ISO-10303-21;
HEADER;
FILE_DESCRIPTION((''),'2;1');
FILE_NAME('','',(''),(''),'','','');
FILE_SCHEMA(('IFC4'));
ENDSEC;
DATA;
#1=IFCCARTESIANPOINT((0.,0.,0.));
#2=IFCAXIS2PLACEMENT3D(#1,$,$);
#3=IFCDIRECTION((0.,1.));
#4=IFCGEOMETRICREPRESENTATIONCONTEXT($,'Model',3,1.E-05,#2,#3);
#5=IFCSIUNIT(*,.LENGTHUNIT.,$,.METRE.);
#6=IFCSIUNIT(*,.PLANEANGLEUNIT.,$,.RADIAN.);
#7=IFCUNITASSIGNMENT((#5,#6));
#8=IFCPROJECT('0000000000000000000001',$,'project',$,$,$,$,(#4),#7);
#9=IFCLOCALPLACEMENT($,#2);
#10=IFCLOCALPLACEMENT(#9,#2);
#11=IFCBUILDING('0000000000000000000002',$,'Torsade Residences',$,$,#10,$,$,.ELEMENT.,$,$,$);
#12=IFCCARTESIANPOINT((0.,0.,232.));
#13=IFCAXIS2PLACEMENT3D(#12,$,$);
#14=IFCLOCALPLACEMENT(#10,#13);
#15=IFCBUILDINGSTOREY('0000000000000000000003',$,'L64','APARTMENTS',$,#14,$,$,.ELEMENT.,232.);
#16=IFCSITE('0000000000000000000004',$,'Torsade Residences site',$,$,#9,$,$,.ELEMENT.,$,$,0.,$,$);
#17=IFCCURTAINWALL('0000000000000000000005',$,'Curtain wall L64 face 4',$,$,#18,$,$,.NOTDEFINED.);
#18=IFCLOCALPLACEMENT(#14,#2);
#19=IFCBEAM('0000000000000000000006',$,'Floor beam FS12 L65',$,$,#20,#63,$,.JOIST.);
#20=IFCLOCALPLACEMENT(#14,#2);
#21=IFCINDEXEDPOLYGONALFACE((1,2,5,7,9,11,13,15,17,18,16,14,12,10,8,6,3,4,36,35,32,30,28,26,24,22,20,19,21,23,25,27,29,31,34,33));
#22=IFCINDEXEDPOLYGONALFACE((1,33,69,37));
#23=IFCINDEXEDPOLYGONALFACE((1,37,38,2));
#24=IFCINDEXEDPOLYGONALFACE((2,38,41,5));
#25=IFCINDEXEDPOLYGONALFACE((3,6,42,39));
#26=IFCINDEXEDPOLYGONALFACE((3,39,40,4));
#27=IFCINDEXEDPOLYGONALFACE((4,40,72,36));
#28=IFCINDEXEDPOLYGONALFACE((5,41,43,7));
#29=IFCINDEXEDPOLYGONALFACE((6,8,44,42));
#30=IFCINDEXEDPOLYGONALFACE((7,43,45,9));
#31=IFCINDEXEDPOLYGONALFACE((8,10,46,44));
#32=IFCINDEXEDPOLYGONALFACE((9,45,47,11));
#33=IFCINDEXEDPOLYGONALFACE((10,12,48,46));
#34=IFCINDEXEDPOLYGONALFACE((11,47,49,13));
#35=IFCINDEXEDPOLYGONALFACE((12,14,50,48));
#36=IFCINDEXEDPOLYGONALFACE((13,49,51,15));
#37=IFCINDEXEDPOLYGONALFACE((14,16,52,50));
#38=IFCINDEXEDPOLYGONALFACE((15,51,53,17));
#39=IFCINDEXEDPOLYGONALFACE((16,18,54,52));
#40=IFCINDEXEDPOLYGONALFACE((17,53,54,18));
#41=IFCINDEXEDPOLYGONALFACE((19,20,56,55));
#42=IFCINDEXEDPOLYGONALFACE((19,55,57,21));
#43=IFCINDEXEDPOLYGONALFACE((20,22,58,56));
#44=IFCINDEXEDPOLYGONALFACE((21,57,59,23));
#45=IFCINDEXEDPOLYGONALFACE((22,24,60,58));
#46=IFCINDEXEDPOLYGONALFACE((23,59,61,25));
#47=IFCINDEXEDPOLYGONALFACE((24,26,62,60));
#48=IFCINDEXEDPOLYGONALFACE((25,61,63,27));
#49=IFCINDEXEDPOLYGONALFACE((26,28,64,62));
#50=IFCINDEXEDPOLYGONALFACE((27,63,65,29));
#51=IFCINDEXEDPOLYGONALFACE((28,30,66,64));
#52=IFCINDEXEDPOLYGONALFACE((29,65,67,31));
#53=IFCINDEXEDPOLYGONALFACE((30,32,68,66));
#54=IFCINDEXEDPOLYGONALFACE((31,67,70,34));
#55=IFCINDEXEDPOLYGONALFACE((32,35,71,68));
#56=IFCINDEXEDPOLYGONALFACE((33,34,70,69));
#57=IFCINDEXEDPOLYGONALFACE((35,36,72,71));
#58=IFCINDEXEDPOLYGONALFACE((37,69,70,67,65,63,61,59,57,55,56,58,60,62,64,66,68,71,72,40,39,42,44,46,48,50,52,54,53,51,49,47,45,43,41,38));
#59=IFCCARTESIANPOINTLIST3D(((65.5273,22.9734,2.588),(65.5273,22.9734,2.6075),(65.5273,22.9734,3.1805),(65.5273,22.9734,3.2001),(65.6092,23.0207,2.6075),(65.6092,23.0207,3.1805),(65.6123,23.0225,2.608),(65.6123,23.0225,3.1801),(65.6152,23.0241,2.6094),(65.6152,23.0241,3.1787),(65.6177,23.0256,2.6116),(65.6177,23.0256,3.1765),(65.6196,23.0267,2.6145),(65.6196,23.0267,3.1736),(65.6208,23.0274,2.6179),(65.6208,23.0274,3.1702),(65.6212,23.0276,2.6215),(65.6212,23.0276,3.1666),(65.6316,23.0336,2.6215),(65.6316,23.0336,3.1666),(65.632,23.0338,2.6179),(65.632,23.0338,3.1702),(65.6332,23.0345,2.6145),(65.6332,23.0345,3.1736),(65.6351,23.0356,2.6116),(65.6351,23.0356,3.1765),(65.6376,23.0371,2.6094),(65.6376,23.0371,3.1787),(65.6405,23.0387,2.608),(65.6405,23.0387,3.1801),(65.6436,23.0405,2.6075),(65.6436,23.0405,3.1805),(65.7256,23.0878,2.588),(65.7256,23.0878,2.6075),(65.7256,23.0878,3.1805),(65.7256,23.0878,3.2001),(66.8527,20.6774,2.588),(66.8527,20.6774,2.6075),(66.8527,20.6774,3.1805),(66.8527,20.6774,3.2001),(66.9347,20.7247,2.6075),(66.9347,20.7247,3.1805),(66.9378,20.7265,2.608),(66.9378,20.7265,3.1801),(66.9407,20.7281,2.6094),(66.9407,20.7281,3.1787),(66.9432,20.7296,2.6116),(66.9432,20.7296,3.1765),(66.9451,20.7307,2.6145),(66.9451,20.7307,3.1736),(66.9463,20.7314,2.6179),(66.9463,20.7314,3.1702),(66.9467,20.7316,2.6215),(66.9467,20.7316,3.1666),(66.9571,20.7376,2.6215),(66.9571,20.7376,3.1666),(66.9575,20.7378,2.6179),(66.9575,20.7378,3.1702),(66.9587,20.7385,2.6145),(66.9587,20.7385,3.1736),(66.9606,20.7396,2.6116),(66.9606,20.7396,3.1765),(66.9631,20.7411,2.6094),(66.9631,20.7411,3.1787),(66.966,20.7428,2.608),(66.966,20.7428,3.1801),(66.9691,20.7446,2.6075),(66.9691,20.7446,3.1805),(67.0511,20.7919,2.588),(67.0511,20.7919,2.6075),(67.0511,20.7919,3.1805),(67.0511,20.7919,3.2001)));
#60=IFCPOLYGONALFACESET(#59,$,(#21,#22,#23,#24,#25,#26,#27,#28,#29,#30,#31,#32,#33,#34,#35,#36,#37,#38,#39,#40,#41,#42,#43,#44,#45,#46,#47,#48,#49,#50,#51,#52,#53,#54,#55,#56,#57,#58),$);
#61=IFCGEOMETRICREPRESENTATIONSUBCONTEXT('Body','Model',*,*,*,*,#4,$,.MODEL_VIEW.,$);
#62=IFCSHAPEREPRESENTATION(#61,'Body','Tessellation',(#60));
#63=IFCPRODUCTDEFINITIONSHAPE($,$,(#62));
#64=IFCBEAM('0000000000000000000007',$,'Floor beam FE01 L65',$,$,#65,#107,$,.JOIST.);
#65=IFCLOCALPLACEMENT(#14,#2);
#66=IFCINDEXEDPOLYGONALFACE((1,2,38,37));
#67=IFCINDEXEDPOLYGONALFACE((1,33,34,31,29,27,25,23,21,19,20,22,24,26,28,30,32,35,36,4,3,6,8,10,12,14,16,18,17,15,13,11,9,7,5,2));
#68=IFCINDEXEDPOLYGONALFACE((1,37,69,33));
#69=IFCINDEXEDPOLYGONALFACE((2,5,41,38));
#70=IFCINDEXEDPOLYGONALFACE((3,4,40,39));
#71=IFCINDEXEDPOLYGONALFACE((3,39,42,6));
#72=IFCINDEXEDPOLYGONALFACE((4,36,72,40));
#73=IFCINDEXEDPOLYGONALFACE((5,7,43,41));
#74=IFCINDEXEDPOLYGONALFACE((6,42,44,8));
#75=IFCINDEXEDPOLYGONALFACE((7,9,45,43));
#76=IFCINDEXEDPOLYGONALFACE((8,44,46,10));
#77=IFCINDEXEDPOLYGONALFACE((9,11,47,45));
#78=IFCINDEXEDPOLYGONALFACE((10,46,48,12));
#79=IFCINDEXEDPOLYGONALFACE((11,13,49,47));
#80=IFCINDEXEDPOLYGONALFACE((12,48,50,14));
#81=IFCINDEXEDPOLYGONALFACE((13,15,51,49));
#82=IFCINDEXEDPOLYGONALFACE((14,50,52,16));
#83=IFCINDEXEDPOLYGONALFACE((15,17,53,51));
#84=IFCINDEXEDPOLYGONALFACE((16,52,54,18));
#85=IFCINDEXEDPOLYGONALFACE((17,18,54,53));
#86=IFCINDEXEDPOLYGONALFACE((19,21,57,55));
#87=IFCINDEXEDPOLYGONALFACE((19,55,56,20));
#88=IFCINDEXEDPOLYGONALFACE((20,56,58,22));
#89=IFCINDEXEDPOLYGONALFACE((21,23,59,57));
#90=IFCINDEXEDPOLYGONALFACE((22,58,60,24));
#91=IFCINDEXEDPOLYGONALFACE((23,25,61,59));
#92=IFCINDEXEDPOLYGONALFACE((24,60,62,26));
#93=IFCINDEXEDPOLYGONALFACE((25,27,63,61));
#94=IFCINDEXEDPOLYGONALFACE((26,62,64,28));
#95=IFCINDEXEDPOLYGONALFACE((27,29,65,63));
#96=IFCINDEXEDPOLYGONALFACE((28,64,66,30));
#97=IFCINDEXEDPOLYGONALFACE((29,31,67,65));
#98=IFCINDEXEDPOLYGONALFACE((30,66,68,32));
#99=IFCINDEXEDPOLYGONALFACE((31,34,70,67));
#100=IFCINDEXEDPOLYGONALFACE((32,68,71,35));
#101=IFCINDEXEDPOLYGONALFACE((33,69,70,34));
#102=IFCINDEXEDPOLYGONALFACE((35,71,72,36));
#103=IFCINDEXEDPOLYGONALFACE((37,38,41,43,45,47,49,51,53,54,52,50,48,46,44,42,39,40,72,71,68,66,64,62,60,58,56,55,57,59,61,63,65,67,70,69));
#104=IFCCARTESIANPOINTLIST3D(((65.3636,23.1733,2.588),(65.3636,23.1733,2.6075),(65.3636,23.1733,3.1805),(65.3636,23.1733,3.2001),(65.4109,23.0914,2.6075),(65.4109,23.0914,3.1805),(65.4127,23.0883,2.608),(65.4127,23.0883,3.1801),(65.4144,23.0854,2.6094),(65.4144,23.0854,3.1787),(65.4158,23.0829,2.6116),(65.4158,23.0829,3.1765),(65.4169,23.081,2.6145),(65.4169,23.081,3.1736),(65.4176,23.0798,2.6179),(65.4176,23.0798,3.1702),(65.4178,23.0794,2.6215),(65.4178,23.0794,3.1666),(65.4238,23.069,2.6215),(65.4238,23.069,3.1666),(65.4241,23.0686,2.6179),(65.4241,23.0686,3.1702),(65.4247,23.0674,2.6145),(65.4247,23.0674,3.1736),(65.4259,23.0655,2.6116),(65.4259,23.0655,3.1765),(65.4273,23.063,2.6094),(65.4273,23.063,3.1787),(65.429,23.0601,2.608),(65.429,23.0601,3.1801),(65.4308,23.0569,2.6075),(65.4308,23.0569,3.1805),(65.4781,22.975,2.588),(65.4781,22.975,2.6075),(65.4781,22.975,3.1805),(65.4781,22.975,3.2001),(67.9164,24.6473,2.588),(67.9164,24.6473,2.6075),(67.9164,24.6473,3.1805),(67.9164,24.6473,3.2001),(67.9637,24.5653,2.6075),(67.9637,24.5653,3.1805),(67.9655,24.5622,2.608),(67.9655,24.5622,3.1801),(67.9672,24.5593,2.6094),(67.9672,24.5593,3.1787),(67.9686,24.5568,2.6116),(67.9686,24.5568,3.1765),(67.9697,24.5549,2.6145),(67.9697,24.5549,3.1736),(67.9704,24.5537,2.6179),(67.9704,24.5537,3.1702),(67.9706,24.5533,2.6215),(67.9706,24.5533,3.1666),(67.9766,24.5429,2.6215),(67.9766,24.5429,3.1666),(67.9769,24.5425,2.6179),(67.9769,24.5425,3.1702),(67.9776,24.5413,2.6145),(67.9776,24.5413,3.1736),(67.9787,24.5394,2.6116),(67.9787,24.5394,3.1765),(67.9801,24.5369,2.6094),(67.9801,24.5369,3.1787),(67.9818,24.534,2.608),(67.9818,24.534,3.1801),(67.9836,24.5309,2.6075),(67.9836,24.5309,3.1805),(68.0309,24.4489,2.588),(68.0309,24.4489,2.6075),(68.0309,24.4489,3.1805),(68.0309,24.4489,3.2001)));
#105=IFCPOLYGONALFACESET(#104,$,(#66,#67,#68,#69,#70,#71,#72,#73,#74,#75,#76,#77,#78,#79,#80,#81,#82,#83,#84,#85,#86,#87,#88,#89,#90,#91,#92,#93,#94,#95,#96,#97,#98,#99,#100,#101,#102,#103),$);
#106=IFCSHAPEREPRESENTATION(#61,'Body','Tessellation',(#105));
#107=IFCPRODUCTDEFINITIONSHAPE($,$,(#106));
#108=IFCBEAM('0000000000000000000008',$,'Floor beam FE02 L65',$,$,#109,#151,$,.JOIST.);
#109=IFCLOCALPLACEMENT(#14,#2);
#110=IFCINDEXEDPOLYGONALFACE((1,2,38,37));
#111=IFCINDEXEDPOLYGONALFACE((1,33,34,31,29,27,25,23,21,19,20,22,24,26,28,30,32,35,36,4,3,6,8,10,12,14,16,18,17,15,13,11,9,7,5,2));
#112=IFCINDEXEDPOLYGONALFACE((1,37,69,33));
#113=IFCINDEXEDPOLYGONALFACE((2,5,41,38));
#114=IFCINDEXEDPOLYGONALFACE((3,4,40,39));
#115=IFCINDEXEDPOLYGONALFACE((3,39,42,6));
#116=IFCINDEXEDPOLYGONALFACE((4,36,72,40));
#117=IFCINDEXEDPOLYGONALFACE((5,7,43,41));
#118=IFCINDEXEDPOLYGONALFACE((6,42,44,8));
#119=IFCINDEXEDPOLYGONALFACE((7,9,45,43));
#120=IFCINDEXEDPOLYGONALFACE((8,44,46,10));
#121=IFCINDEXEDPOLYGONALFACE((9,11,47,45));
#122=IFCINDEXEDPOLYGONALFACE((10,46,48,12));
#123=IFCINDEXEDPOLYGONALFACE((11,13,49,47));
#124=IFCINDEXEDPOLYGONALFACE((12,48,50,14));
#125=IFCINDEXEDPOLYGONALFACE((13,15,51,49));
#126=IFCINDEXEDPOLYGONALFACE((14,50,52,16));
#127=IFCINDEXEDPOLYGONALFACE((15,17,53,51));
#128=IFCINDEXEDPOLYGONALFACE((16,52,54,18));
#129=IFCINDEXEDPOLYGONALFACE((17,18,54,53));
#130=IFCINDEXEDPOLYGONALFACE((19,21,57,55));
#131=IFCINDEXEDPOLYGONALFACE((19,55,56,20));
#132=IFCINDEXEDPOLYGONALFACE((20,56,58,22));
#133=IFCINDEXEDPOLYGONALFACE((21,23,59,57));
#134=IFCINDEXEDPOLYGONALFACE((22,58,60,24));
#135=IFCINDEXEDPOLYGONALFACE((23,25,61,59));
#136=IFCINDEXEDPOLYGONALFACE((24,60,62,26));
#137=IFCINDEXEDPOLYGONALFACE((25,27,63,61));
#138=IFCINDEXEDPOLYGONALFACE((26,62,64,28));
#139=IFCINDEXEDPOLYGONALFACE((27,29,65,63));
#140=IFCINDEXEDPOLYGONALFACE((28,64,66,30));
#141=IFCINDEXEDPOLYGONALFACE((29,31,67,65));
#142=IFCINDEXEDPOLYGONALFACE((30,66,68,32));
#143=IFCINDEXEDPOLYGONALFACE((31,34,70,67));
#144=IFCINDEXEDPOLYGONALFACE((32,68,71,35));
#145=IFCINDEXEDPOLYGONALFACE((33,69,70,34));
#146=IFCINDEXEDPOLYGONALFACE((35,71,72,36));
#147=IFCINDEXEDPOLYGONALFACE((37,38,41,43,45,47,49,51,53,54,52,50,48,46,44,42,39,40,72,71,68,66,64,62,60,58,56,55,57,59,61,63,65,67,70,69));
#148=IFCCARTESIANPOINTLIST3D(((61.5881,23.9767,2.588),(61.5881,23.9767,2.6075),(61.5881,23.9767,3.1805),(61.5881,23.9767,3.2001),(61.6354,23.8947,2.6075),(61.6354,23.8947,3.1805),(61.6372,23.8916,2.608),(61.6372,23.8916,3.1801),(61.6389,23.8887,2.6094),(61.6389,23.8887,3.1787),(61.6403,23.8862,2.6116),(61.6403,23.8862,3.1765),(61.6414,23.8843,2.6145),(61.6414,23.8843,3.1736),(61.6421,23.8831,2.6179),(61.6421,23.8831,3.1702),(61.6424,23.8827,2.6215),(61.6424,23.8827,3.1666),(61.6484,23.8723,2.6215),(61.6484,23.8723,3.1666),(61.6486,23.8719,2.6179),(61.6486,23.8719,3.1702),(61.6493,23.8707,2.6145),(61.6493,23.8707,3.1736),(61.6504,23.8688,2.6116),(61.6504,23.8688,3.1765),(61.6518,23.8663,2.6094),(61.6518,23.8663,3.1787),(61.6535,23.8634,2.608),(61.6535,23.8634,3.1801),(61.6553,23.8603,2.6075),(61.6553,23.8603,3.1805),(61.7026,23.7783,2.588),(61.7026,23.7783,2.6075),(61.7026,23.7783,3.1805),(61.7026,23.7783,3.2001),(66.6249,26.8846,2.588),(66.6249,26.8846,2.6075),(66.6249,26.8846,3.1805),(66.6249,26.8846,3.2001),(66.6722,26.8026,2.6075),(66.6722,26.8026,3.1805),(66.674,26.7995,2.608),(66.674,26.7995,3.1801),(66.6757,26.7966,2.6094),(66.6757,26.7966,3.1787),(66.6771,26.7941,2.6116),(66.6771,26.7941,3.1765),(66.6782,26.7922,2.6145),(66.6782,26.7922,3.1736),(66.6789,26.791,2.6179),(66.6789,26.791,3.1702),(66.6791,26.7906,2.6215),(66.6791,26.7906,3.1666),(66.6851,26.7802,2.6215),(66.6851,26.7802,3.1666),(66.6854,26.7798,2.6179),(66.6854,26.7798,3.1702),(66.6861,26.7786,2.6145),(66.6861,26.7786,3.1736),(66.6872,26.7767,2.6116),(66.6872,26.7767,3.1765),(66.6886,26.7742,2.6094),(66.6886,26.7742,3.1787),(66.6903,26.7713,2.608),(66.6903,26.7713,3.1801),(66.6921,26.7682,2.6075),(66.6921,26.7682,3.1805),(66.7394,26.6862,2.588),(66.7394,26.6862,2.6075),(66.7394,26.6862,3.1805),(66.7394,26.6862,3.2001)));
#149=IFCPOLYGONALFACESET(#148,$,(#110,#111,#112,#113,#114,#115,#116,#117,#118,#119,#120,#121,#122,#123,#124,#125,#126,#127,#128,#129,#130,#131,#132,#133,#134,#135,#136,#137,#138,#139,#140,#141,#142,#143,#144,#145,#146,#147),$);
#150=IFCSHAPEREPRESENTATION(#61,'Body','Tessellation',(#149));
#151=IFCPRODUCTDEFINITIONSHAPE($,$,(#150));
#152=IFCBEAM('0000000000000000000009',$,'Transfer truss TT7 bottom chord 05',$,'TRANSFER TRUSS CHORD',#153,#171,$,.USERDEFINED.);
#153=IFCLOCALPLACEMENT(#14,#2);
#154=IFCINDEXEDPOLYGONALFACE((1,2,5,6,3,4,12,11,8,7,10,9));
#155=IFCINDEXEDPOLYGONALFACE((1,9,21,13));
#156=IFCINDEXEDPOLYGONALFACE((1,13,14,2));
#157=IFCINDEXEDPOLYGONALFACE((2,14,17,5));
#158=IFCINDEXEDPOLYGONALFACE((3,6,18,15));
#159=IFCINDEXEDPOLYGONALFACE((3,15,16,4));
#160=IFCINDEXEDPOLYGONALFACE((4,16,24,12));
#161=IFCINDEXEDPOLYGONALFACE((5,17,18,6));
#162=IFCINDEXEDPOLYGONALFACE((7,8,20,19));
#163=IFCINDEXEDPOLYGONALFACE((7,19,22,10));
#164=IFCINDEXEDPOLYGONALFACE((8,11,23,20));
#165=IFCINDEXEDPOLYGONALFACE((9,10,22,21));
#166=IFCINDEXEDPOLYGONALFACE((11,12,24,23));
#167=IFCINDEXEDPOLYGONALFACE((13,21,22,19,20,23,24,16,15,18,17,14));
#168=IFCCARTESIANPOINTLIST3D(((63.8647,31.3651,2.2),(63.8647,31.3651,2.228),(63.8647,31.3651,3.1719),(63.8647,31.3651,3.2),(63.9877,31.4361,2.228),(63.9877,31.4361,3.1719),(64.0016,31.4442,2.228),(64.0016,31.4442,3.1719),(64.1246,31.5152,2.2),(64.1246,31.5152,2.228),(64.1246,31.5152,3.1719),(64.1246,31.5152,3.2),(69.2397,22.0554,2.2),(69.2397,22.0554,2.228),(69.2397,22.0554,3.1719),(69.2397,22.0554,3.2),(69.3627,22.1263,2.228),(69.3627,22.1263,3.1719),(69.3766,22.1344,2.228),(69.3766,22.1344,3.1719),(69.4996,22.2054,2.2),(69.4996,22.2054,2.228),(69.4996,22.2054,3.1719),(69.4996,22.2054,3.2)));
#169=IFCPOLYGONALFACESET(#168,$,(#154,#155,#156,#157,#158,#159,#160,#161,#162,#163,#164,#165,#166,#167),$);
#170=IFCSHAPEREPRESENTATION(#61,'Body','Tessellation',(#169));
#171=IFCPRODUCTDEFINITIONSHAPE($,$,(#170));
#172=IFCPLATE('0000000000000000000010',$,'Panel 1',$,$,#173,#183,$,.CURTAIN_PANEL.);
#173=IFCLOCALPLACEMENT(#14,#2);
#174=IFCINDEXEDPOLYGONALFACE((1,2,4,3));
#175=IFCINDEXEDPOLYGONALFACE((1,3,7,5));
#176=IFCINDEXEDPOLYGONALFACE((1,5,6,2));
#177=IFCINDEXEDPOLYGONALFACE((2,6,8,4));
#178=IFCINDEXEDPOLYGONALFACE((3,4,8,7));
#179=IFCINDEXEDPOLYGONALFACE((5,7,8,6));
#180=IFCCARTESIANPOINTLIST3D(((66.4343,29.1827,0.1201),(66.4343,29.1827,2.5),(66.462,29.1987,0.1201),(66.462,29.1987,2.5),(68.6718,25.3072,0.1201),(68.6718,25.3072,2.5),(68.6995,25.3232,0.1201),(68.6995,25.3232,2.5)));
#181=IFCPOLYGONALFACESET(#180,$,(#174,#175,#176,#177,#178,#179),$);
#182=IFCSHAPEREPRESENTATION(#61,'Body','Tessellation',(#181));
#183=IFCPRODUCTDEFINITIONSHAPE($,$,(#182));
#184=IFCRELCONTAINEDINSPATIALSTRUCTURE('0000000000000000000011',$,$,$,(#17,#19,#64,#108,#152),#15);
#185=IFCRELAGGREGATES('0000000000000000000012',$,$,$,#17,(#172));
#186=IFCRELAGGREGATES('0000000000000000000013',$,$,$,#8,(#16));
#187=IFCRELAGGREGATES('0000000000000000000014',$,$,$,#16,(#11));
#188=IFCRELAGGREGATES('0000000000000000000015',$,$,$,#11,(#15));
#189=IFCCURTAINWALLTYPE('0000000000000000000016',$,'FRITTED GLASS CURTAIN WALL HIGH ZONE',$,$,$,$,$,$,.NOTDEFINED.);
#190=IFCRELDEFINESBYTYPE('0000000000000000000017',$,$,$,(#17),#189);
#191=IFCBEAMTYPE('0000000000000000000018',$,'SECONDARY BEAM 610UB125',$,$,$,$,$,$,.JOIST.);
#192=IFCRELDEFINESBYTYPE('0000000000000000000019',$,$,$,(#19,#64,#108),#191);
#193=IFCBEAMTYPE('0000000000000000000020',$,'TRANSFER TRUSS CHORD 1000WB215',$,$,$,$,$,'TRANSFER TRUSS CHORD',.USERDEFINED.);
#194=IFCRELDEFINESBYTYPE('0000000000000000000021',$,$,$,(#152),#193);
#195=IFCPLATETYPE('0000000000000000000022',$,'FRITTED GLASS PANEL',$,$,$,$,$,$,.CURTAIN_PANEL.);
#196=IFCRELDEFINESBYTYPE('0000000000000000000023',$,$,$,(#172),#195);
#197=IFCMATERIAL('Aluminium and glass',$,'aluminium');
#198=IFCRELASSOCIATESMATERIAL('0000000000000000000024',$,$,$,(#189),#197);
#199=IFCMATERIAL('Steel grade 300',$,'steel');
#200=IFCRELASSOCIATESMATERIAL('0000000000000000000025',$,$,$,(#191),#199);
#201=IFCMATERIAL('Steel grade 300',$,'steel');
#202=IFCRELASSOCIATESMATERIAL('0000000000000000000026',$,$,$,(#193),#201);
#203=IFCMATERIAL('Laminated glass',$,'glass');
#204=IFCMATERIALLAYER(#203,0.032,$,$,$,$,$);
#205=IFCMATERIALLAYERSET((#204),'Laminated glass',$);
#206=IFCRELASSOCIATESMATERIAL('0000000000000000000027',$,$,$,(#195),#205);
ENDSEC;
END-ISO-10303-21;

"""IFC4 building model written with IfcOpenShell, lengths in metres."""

from ifc_helpers import new_model, si_unit, direction, frame, origin, origin_2d, place, context, subcontext, project, spatial, rectangle, i_section, extrude, material, layer, layer_set, material_profile, profile_set, type_object, element, aggregate, save


model = new_model("IFC4")

# Units and contexts
model_context = context("Model", 3, precision=1e-05, world=origin(), true_north=direction((0.0, 1.0)))
body_context = subcontext(model_context, "Body", "Model", "MODEL_VIEW")
ifc_project = project(units=[si_unit("LENGTHUNIT", "METRE"), si_unit("PLANEANGLEUNIT", "RADIAN")], contexts=[model_context])

# Site, building, storey
site_placement = place(None, origin())
site = spatial("IfcSite", under=ifc_project, at=site_placement, Name="Torsade Residences site", CompositionType="ELEMENT", RefElevation=0.0)
building_placement = place(site_placement, origin())
building = spatial("IfcBuilding", under=site, at=building_placement, Name="Torsade Residences", CompositionType="ELEMENT")
storey_placement = place(building_placement, frame((0.0, 0.0, 232.0)))
storey = spatial("IfcBuildingStorey", under=building, at=storey_placement, Name="L64", Description="APARTMENTS", CompositionType="ELEMENT", Elevation=232.0)

# Curtain wall
ifc_material_1 = material(Name="Aluminium and glass", Category="aluminium")
curtain_wall_type = type_object("IfcCurtainWallType", Name="FRITTED GLASS CURTAIN WALL HIGH ZONE", PredefinedType="NOTDEFINED", material=ifc_material_1)
curtain_wall_placement = place(storey_placement, origin())
curtain_wall = element("IfcCurtainWall", 1, at=curtain_wall_placement, inside=storey, type_object=curtain_wall_type, Name="Curtain wall L64 face 4", PredefinedType="NOTDEFINED")

# Beams
ifc_material_2 = material(Name="Steel grade 300", Category="steel")
ifc_material_profile_1 = material_profile(ifc_material_2, i_section(OverallWidth=0.229, OverallDepth=0.6121, WebThickness=0.012, FlangeThickness=0.0195, FilletRadius=0.0139, at=origin_2d()), Name="610UB125")
ifc_profile_set_1 = profile_set([ifc_material_profile_1], Name="Steel grade 300")
beam_type_1 = type_object("IfcBeamType", Name="SECONDARY BEAM 610UB125", PredefinedType="JOIST", material=ifc_profile_set_1)
beam_1_placement = place(storey_placement, frame((66.9519, 20.7346, 2.894), z_axis=(-0.499972, 0.866041, 0.0), x_axis=(-0.866041, -0.499972, 0.0)))
element("IfcBeam", 2, at=beam_1_placement, inside=storey, type_object=beam_type_1, Name="Floor beam FS12 L65", PredefinedType="JOIST", context=body_context, shape_type="SweptSolid", body=[
    extrude(i_section(OverallWidth=0.229, OverallDepth=0.6121, WebThickness=0.012, FlangeThickness=0.0195, FilletRadius=0.0139, at=origin_2d()), origin(), (0.0, 0.0, 1.0), 2.6511),
])
beam_2_placement = place(storey_placement, frame((67.9736, 24.5481, 2.894), z_axis=(-0.866017, -0.500014, 0.0), x_axis=(0.500014, -0.866017, 0.0)))
element("IfcBeam", 3, at=beam_2_placement, inside=storey, type_object=beam_type_1, Name="Floor beam FE01 L65", PredefinedType="JOIST", context=body_context, shape_type="SweptSolid", body=[
    extrude(i_section(OverallWidth=0.229, OverallDepth=0.6121, WebThickness=0.012, FlangeThickness=0.0195, FilletRadius=0.0139, at=origin_2d()), origin(), (0.0, 0.0, 1.0), 2.9478),
])
beam_3_placement = place(storey_placement, frame((66.6821, 26.7854, 2.894), z_axis=(-0.866031, -0.49999, 0.0), x_axis=(0.49999, -0.866031, 0.0)))
element("IfcBeam", 4, at=beam_3_placement, inside=storey, type_object=beam_type_1, Name="Floor beam FE02 L65", PredefinedType="JOIST", context=body_context, shape_type="SweptSolid", body=[
    extrude(i_section(OverallWidth=0.229, OverallDepth=0.6121, WebThickness=0.012, FlangeThickness=0.0195, FilletRadius=0.0139, at=origin_2d()), origin(), (0.0, 0.0, 1.0), 5.8159),
])
ifc_material_3 = material(Name="Steel grade 300", Category="steel")
ifc_material_profile_2 = material_profile(ifc_material_3, i_section(OverallWidth=0.3, OverallDepth=1.0, WebThickness=0.0161, FlangeThickness=0.0281, at=origin_2d()), Name="1000WB215")
ifc_profile_set_2 = profile_set([ifc_material_profile_2], Name="Steel grade 300")
beam_type_2 = type_object("IfcBeamType", Name="TRANSFER TRUSS CHORD 1000WB215", ElementType="TRANSFER TRUSS CHORD", PredefinedType="USERDEFINED", material=ifc_profile_set_2)
beam_4_placement = place(storey_placement, frame((69.3696, 22.1304, 2.7), z_axis=(-0.499998, 0.866026, 0.0), x_axis=(-0.866026, -0.499998, 0.0)))
element("IfcBeam", 5, at=beam_4_placement, inside=storey, type_object=beam_type_2, Name="Transfer truss TT7 bottom chord 05", ObjectType="TRANSFER TRUSS CHORD", PredefinedType="USERDEFINED", context=body_context, shape_type="SweptSolid", body=[
    extrude(i_section(OverallWidth=0.3, OverallDepth=1.0, WebThickness=0.0161, FlangeThickness=0.0281, at=origin_2d()), origin(), (0.0, 0.0, 1.0), 10.75),
])

# Plate
ifc_material_4 = material(Name="Laminated glass", Category="glass")
ifc_layer_1 = layer(ifc_material_4, 0.032)
ifc_layer_set_1 = layer_set([ifc_layer_1], Name="Laminated glass")
plate_type_1 = type_object("IfcPlateType", Name="FRITTED GLASS PANEL", PredefinedType="CURTAIN_PANEL", material=ifc_layer_set_1)
plate_1_placement = place(storey_placement, frame((67.5669, 27.2529, 0.1201), z_axis=(0.0, 0.0, 1.0), x_axis=(-0.5, 0.866025, 0.0)))
plate_1 = element("IfcPlate", 6, at=plate_1_placement, type_object=plate_type_1, Name="Panel 1", PredefinedType="CURTAIN_PANEL", context=body_context, shape_type="SweptSolid", body=[
    extrude(rectangle(XDim=4.4751, YDim=0.032, at=origin_2d()), origin(), (0.0, 0.0, 1.0), 2.3799),
])
aggregate(curtain_wall, [plate_1])

save(model, "model.ifc")
